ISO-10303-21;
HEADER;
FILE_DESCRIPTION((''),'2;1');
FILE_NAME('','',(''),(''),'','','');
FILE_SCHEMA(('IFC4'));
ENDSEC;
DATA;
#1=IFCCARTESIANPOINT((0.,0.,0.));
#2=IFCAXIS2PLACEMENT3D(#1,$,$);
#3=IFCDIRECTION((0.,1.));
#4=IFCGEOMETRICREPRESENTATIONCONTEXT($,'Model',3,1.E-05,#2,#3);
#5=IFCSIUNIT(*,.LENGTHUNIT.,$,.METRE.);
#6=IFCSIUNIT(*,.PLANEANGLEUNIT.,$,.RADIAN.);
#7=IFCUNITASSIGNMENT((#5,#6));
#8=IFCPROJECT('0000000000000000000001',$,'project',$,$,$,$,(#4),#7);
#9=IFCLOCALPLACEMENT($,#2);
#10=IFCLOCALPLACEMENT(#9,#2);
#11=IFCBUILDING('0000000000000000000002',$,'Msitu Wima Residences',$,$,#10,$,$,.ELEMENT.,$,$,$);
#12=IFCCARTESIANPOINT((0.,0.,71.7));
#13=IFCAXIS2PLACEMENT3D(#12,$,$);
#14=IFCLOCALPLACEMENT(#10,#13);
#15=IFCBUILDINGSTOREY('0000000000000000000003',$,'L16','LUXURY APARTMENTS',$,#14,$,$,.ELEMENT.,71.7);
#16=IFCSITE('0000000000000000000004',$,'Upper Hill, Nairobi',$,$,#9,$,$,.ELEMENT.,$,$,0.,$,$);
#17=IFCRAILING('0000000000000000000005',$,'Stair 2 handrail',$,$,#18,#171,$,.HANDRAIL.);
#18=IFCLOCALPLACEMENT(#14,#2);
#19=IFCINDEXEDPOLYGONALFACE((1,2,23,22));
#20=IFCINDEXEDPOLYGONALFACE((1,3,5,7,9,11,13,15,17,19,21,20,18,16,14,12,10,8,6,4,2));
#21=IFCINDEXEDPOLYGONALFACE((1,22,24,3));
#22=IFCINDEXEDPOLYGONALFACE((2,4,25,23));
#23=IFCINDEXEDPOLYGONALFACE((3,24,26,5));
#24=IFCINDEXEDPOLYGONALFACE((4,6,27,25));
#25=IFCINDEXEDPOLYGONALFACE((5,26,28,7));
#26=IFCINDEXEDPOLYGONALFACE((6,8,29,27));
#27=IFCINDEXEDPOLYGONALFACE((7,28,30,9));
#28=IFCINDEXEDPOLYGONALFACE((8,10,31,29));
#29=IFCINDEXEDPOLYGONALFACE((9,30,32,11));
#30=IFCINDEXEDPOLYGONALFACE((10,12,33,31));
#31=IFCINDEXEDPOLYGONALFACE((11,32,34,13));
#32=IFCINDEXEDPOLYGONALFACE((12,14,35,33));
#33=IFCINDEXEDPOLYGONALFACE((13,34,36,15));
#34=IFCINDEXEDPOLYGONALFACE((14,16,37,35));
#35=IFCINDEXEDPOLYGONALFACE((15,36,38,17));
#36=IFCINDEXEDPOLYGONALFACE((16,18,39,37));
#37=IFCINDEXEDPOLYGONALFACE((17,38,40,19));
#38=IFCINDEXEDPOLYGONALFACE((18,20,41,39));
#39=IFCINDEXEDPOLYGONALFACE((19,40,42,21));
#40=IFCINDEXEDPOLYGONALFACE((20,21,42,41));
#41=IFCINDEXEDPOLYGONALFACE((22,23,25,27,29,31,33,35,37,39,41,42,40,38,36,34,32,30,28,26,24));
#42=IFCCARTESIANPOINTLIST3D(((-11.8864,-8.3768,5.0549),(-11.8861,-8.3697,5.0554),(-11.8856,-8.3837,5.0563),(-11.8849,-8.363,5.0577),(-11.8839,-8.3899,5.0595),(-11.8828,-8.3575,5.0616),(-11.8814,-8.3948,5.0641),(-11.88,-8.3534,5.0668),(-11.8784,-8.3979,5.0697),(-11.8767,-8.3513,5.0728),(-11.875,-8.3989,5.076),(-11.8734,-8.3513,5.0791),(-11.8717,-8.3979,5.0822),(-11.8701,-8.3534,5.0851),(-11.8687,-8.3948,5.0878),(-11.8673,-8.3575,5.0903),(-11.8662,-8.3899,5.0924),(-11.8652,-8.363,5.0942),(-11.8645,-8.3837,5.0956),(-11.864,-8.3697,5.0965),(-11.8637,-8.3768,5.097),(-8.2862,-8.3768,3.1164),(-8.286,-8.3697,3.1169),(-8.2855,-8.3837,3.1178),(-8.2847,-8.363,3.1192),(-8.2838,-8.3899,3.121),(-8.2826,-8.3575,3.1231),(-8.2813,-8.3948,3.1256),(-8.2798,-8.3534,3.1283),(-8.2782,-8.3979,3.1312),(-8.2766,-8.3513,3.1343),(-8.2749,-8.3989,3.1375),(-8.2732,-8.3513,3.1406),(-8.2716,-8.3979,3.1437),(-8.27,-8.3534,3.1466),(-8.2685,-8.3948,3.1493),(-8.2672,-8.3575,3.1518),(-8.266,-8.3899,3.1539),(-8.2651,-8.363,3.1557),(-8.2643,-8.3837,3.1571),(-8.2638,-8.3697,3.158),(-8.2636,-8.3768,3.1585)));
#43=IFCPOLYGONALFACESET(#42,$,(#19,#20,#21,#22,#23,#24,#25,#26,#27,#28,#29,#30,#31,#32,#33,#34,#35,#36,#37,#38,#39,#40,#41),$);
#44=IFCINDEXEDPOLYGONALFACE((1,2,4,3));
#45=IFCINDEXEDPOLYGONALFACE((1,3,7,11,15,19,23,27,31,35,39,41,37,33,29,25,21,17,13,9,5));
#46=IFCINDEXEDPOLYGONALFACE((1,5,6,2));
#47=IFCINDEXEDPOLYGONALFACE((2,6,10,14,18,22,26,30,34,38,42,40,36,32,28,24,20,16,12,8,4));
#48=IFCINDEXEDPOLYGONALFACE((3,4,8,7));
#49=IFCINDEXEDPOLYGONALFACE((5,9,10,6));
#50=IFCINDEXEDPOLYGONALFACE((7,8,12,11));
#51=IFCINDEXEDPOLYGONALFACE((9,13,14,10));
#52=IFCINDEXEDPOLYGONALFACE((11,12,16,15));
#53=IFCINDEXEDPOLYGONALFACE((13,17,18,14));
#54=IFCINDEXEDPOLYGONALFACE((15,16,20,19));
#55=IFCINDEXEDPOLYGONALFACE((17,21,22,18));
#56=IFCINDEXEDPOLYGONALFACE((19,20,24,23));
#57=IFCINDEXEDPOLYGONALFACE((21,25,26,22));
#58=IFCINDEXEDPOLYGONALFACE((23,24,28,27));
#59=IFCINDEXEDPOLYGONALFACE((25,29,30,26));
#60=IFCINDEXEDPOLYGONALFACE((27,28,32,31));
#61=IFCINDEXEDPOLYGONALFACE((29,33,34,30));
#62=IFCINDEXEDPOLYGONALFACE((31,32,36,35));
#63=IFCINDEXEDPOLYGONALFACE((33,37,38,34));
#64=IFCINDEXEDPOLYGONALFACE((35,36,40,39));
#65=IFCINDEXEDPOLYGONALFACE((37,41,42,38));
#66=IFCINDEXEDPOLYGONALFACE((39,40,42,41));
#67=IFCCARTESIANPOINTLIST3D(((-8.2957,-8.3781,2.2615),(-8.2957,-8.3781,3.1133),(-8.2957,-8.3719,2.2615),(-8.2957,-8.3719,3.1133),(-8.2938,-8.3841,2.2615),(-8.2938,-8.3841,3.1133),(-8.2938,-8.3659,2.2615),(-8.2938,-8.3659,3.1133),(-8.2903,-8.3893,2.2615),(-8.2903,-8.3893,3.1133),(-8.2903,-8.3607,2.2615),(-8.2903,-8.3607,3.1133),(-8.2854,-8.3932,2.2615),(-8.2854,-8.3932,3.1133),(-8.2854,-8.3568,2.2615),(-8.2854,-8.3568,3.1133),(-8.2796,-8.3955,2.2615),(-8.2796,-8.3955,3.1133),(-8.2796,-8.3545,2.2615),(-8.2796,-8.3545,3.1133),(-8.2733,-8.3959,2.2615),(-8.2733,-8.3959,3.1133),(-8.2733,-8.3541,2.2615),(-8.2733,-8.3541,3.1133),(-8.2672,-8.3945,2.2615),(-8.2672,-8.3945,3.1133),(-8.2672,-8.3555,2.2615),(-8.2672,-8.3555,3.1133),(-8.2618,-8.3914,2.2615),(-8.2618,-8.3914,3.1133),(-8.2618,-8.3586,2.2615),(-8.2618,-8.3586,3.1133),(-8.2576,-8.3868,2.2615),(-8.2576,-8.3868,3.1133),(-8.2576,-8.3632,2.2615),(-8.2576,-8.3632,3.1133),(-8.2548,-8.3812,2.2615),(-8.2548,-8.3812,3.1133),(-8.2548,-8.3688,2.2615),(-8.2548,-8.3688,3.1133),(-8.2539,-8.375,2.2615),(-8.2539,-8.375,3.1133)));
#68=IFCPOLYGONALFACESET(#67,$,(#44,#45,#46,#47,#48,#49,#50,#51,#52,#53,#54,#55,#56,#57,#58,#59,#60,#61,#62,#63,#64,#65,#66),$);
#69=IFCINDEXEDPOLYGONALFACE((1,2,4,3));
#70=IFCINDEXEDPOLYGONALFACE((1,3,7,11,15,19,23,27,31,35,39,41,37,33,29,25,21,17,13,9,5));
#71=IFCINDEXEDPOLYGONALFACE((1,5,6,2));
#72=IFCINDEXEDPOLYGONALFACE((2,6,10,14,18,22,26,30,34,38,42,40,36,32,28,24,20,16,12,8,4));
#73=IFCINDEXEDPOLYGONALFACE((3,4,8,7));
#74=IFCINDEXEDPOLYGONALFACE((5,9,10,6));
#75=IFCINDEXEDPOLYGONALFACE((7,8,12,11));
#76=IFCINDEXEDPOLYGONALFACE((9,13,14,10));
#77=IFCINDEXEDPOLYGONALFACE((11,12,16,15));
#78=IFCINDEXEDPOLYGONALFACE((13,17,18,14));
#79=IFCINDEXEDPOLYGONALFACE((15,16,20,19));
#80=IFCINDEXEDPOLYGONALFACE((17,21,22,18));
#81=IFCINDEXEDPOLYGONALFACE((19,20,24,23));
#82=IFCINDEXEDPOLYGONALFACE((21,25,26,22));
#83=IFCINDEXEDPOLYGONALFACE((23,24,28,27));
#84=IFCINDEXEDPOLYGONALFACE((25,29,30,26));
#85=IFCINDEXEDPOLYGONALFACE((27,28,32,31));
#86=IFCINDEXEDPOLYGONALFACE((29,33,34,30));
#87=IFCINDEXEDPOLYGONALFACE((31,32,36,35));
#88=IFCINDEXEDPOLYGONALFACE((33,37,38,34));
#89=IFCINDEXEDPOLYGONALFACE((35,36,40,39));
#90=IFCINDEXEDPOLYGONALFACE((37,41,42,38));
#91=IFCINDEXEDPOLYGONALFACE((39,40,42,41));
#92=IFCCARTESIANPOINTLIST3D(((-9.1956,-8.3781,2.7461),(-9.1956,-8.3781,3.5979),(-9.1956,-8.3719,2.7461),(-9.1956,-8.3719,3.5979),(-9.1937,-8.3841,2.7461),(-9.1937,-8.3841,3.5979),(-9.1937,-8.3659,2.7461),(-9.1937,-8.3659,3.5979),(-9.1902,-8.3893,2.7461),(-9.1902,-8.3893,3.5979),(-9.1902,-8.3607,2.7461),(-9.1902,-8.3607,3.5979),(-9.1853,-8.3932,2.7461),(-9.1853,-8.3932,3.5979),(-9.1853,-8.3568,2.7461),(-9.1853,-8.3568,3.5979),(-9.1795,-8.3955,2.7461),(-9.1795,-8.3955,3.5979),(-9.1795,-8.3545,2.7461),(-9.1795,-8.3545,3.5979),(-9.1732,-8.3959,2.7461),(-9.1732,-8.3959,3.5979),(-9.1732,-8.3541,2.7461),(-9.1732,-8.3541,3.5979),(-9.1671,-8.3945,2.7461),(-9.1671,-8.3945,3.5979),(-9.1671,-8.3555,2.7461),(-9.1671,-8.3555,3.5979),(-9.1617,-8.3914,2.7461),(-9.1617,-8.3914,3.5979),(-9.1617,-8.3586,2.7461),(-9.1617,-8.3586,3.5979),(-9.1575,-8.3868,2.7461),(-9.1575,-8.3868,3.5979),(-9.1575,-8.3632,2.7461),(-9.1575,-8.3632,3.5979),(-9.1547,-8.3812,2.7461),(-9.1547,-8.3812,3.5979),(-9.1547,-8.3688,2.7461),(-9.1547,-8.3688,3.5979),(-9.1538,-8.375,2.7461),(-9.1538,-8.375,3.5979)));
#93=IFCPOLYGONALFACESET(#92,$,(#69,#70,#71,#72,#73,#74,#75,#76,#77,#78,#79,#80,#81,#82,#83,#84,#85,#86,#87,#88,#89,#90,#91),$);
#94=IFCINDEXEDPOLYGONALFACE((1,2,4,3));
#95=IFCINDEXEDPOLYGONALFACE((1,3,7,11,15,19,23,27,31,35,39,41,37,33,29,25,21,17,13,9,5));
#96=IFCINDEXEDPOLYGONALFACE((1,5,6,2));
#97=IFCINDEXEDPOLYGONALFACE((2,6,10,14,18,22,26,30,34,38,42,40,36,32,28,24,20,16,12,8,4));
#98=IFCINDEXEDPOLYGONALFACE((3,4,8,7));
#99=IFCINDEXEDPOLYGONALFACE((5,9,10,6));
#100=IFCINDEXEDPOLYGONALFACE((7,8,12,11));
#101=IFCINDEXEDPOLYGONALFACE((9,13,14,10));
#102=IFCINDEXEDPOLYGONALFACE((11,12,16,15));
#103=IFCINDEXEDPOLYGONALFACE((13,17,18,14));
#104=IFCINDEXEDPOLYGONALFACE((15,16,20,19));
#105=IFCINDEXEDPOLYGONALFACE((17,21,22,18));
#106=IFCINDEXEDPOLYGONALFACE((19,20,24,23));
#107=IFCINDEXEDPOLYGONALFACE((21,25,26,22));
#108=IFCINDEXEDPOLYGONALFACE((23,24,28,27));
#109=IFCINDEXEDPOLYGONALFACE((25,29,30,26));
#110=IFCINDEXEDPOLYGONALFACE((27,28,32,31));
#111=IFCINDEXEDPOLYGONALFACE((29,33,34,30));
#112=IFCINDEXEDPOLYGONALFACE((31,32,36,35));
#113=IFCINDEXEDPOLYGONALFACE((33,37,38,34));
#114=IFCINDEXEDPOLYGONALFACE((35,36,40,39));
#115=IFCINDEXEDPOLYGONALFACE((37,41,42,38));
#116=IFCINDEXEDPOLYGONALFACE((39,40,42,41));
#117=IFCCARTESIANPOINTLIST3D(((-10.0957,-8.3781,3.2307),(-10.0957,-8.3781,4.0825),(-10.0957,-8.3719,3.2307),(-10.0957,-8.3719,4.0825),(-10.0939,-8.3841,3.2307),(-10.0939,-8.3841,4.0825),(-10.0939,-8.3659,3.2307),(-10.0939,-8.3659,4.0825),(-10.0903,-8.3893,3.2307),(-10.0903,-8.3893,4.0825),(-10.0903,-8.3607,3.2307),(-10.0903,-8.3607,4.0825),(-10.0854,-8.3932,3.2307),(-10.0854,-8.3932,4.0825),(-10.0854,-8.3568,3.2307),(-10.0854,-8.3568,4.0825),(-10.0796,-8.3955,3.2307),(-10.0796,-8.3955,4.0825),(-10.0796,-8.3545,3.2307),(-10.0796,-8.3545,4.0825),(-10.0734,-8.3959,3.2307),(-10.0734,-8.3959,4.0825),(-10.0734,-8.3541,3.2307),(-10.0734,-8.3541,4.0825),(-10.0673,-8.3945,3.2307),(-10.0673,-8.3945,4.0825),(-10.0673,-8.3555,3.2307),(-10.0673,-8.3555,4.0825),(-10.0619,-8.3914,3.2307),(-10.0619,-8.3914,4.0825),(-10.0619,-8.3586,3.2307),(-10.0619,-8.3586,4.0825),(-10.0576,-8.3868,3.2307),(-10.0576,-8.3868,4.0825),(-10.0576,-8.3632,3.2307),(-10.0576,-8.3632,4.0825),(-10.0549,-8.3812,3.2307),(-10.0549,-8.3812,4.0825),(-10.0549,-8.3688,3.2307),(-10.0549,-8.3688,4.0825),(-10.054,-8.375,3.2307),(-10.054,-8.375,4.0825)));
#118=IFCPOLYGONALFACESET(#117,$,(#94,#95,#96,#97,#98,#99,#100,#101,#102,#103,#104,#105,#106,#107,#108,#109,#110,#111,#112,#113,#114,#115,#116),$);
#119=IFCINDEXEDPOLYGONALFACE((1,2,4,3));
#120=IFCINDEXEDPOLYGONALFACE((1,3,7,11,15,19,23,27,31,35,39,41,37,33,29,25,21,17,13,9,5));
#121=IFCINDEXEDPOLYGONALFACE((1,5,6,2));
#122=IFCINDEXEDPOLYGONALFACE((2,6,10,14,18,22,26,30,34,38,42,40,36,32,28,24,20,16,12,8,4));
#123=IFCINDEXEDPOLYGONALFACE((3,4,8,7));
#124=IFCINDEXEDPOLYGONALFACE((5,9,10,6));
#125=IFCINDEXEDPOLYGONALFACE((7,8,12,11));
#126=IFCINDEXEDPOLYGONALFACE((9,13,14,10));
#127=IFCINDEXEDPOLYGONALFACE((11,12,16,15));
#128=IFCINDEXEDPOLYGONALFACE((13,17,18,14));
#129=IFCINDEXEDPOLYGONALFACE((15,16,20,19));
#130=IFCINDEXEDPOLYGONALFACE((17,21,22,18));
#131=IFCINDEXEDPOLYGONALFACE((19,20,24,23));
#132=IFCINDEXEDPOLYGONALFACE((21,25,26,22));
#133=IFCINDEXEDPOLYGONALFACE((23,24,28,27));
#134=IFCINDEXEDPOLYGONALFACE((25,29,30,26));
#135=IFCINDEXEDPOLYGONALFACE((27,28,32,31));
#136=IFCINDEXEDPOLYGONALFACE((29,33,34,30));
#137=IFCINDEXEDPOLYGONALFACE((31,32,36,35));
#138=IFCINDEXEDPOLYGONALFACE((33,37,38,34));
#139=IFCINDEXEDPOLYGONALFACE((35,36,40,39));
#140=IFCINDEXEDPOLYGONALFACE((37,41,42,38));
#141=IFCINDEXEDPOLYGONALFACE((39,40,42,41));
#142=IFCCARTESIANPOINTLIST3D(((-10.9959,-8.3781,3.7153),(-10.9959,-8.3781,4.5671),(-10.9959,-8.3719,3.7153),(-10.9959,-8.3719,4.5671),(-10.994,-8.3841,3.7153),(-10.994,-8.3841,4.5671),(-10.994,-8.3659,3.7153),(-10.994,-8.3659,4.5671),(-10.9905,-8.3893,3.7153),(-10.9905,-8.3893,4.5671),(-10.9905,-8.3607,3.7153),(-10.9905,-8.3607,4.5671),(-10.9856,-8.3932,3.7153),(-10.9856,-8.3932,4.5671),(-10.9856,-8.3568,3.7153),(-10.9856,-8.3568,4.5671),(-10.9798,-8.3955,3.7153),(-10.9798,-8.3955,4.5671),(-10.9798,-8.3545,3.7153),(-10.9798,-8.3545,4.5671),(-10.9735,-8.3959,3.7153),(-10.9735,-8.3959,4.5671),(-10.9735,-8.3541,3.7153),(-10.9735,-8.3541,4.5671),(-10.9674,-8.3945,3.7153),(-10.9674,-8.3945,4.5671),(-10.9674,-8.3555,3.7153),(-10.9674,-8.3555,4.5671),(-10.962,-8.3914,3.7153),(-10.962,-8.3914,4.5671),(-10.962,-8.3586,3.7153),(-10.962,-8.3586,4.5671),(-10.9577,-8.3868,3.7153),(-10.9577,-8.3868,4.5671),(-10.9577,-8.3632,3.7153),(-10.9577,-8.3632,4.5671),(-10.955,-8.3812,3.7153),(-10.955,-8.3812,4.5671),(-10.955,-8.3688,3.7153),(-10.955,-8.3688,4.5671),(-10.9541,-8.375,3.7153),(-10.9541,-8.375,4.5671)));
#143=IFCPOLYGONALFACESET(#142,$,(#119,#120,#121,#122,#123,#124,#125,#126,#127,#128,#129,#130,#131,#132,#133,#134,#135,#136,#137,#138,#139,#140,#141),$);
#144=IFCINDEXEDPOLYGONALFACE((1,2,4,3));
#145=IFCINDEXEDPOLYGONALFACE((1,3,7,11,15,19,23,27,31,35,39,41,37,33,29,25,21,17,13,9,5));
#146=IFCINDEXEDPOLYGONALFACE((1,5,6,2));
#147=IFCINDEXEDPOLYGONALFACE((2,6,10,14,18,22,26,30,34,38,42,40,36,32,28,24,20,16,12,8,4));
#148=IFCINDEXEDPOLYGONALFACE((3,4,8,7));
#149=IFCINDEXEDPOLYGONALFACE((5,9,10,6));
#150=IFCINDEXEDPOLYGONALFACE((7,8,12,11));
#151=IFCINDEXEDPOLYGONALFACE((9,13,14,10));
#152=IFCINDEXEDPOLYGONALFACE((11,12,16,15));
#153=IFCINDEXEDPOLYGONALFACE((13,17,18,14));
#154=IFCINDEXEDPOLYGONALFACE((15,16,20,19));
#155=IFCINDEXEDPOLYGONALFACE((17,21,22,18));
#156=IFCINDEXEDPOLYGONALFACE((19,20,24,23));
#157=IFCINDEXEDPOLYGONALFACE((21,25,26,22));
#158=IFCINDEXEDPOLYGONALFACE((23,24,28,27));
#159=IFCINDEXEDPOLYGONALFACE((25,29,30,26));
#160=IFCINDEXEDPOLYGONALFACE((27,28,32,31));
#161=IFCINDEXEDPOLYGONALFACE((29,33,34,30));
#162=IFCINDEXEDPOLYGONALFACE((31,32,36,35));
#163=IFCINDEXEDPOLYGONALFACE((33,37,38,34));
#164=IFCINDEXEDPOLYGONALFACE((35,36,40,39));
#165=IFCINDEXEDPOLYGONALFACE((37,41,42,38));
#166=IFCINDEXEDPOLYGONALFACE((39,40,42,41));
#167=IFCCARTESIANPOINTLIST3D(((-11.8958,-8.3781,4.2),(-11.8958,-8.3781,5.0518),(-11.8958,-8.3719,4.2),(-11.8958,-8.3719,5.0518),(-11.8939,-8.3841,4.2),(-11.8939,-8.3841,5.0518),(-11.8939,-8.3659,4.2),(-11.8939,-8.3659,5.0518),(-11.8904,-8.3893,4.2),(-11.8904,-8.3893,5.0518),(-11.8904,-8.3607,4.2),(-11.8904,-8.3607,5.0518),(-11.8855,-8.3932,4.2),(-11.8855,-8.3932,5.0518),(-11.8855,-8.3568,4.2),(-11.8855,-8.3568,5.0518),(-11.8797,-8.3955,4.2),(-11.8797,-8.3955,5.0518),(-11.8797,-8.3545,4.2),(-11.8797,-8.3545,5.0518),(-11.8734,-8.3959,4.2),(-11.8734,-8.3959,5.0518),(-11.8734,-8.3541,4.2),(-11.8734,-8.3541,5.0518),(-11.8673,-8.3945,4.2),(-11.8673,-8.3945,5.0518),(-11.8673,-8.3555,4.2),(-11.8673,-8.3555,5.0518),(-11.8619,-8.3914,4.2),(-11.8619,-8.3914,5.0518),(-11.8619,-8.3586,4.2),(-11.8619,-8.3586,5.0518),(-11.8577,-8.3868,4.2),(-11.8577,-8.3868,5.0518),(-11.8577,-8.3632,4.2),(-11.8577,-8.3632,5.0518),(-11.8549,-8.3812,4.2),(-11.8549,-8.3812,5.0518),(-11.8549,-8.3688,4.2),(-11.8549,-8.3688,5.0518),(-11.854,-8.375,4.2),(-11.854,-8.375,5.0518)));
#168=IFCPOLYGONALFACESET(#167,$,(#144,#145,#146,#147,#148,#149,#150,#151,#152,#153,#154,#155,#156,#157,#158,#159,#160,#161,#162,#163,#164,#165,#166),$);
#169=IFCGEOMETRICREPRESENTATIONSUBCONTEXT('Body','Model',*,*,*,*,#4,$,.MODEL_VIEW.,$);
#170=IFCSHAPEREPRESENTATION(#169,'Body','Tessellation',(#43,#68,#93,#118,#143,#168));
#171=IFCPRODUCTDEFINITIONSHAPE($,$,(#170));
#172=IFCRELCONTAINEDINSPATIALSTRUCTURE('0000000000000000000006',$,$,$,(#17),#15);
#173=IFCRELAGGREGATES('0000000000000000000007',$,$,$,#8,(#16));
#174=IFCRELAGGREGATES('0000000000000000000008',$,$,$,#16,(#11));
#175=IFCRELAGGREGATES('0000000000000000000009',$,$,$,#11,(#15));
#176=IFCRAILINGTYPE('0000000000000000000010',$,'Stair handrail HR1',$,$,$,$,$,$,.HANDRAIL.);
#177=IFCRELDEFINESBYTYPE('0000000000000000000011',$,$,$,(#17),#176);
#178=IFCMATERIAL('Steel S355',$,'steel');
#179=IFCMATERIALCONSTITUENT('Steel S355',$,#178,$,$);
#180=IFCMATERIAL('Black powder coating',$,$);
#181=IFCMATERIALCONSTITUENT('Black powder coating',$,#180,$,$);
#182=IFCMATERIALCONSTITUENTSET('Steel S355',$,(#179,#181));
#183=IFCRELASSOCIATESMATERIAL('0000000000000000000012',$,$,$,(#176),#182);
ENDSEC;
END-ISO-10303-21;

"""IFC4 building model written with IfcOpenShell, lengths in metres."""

from ifc_helpers import new_model, si_unit, direction, frame, origin, origin_2d, place, context, subcontext, project, spatial, circle, extrude, material, constituent, constituent_set, type_object, element, save


model = new_model("IFC4")

# Units and contexts
model_context = context("Model", 3, precision=1e-05, world=origin(), true_north=direction((0.0, 1.0)))
body_context = subcontext(model_context, "Body", "Model", "MODEL_VIEW")
ifc_project = project(units=[si_unit("LENGTHUNIT", "METRE"), si_unit("PLANEANGLEUNIT", "RADIAN")], contexts=[model_context])

# Site, building, storey
site_placement = place(None, origin())
site = spatial("IfcSite", under=ifc_project, at=site_placement, Name="Upper Hill, Nairobi", CompositionType="ELEMENT", RefElevation=0.0)
building_placement = place(site_placement, origin())
building = spatial("IfcBuilding", under=site, at=building_placement, Name="Msitu Wima Residences", CompositionType="ELEMENT")
storey_placement = place(building_placement, frame((0.0, 0.0, 71.7)))
storey = spatial("IfcBuildingStorey", under=building, at=storey_placement, Name="L16", Description="LUXURY APARTMENTS", CompositionType="ELEMENT", Elevation=71.7)

# Railing
ifc_material_1 = material(Name="Steel S355", Category="steel")
ifc_constituent_1 = constituent(ifc_material_1, Name="Steel S355")
ifc_material_2 = material(Name="Black powder coating")
ifc_constituent_2 = constituent(ifc_material_2, Name="Black powder coating")
ifc_constituent_set = constituent_set(constituents=[ifc_constituent_1, ifc_constituent_2], Name="Steel S355")
railing_type = type_object("IfcRailingType", Name="Stair handrail HR1", PredefinedType="HANDRAIL", material=ifc_constituent_set)
for number, where, name in (
    (1, (-8.2749, -8.375, 2.2615), "Stair 2 handrail"),
):
    element("IfcRailing", number, at=place(storey_placement, frame(where)), inside=storey, type_object=railing_type, Name=name, PredefinedType="HANDRAIL", context=body_context, shape_type="SweptSolid", body=[
        extrude(circle(Radius=0.0239, at=origin_2d()), frame((0.0, 0.0, 0.876), z_axis=(-0.880475, 0.0, 0.474093), x_axis=(0.0, -1.0, 0.0)), (0.0, 0.0, 1.0), 4.0889),
        extrude(circle(Radius=0.021, at=origin_2d()), origin(), (0.0, 0.0, 1.0), 0.8518),
        extrude(circle(Radius=0.021, at=origin_2d()), frame((-0.8999, 0.0, 0.4846)), (0.0, 0.0, 1.0), 0.8518),
        extrude(circle(Radius=0.021, at=origin_2d()), frame((-1.8, 0.0, 0.9692)), (0.0, 0.0, 1.0), 0.8518),
        extrude(circle(Radius=0.021, at=origin_2d()), frame((-2.7002, 0.0, 1.4539)), (0.0, 0.0, 1.0), 0.8518),
        extrude(circle(Radius=0.021, at=origin_2d()), frame((-3.6001, 0.0, 1.9385)), (0.0, 0.0, 1.0), 0.8518),
    ])

save(model, "model.ifc")
